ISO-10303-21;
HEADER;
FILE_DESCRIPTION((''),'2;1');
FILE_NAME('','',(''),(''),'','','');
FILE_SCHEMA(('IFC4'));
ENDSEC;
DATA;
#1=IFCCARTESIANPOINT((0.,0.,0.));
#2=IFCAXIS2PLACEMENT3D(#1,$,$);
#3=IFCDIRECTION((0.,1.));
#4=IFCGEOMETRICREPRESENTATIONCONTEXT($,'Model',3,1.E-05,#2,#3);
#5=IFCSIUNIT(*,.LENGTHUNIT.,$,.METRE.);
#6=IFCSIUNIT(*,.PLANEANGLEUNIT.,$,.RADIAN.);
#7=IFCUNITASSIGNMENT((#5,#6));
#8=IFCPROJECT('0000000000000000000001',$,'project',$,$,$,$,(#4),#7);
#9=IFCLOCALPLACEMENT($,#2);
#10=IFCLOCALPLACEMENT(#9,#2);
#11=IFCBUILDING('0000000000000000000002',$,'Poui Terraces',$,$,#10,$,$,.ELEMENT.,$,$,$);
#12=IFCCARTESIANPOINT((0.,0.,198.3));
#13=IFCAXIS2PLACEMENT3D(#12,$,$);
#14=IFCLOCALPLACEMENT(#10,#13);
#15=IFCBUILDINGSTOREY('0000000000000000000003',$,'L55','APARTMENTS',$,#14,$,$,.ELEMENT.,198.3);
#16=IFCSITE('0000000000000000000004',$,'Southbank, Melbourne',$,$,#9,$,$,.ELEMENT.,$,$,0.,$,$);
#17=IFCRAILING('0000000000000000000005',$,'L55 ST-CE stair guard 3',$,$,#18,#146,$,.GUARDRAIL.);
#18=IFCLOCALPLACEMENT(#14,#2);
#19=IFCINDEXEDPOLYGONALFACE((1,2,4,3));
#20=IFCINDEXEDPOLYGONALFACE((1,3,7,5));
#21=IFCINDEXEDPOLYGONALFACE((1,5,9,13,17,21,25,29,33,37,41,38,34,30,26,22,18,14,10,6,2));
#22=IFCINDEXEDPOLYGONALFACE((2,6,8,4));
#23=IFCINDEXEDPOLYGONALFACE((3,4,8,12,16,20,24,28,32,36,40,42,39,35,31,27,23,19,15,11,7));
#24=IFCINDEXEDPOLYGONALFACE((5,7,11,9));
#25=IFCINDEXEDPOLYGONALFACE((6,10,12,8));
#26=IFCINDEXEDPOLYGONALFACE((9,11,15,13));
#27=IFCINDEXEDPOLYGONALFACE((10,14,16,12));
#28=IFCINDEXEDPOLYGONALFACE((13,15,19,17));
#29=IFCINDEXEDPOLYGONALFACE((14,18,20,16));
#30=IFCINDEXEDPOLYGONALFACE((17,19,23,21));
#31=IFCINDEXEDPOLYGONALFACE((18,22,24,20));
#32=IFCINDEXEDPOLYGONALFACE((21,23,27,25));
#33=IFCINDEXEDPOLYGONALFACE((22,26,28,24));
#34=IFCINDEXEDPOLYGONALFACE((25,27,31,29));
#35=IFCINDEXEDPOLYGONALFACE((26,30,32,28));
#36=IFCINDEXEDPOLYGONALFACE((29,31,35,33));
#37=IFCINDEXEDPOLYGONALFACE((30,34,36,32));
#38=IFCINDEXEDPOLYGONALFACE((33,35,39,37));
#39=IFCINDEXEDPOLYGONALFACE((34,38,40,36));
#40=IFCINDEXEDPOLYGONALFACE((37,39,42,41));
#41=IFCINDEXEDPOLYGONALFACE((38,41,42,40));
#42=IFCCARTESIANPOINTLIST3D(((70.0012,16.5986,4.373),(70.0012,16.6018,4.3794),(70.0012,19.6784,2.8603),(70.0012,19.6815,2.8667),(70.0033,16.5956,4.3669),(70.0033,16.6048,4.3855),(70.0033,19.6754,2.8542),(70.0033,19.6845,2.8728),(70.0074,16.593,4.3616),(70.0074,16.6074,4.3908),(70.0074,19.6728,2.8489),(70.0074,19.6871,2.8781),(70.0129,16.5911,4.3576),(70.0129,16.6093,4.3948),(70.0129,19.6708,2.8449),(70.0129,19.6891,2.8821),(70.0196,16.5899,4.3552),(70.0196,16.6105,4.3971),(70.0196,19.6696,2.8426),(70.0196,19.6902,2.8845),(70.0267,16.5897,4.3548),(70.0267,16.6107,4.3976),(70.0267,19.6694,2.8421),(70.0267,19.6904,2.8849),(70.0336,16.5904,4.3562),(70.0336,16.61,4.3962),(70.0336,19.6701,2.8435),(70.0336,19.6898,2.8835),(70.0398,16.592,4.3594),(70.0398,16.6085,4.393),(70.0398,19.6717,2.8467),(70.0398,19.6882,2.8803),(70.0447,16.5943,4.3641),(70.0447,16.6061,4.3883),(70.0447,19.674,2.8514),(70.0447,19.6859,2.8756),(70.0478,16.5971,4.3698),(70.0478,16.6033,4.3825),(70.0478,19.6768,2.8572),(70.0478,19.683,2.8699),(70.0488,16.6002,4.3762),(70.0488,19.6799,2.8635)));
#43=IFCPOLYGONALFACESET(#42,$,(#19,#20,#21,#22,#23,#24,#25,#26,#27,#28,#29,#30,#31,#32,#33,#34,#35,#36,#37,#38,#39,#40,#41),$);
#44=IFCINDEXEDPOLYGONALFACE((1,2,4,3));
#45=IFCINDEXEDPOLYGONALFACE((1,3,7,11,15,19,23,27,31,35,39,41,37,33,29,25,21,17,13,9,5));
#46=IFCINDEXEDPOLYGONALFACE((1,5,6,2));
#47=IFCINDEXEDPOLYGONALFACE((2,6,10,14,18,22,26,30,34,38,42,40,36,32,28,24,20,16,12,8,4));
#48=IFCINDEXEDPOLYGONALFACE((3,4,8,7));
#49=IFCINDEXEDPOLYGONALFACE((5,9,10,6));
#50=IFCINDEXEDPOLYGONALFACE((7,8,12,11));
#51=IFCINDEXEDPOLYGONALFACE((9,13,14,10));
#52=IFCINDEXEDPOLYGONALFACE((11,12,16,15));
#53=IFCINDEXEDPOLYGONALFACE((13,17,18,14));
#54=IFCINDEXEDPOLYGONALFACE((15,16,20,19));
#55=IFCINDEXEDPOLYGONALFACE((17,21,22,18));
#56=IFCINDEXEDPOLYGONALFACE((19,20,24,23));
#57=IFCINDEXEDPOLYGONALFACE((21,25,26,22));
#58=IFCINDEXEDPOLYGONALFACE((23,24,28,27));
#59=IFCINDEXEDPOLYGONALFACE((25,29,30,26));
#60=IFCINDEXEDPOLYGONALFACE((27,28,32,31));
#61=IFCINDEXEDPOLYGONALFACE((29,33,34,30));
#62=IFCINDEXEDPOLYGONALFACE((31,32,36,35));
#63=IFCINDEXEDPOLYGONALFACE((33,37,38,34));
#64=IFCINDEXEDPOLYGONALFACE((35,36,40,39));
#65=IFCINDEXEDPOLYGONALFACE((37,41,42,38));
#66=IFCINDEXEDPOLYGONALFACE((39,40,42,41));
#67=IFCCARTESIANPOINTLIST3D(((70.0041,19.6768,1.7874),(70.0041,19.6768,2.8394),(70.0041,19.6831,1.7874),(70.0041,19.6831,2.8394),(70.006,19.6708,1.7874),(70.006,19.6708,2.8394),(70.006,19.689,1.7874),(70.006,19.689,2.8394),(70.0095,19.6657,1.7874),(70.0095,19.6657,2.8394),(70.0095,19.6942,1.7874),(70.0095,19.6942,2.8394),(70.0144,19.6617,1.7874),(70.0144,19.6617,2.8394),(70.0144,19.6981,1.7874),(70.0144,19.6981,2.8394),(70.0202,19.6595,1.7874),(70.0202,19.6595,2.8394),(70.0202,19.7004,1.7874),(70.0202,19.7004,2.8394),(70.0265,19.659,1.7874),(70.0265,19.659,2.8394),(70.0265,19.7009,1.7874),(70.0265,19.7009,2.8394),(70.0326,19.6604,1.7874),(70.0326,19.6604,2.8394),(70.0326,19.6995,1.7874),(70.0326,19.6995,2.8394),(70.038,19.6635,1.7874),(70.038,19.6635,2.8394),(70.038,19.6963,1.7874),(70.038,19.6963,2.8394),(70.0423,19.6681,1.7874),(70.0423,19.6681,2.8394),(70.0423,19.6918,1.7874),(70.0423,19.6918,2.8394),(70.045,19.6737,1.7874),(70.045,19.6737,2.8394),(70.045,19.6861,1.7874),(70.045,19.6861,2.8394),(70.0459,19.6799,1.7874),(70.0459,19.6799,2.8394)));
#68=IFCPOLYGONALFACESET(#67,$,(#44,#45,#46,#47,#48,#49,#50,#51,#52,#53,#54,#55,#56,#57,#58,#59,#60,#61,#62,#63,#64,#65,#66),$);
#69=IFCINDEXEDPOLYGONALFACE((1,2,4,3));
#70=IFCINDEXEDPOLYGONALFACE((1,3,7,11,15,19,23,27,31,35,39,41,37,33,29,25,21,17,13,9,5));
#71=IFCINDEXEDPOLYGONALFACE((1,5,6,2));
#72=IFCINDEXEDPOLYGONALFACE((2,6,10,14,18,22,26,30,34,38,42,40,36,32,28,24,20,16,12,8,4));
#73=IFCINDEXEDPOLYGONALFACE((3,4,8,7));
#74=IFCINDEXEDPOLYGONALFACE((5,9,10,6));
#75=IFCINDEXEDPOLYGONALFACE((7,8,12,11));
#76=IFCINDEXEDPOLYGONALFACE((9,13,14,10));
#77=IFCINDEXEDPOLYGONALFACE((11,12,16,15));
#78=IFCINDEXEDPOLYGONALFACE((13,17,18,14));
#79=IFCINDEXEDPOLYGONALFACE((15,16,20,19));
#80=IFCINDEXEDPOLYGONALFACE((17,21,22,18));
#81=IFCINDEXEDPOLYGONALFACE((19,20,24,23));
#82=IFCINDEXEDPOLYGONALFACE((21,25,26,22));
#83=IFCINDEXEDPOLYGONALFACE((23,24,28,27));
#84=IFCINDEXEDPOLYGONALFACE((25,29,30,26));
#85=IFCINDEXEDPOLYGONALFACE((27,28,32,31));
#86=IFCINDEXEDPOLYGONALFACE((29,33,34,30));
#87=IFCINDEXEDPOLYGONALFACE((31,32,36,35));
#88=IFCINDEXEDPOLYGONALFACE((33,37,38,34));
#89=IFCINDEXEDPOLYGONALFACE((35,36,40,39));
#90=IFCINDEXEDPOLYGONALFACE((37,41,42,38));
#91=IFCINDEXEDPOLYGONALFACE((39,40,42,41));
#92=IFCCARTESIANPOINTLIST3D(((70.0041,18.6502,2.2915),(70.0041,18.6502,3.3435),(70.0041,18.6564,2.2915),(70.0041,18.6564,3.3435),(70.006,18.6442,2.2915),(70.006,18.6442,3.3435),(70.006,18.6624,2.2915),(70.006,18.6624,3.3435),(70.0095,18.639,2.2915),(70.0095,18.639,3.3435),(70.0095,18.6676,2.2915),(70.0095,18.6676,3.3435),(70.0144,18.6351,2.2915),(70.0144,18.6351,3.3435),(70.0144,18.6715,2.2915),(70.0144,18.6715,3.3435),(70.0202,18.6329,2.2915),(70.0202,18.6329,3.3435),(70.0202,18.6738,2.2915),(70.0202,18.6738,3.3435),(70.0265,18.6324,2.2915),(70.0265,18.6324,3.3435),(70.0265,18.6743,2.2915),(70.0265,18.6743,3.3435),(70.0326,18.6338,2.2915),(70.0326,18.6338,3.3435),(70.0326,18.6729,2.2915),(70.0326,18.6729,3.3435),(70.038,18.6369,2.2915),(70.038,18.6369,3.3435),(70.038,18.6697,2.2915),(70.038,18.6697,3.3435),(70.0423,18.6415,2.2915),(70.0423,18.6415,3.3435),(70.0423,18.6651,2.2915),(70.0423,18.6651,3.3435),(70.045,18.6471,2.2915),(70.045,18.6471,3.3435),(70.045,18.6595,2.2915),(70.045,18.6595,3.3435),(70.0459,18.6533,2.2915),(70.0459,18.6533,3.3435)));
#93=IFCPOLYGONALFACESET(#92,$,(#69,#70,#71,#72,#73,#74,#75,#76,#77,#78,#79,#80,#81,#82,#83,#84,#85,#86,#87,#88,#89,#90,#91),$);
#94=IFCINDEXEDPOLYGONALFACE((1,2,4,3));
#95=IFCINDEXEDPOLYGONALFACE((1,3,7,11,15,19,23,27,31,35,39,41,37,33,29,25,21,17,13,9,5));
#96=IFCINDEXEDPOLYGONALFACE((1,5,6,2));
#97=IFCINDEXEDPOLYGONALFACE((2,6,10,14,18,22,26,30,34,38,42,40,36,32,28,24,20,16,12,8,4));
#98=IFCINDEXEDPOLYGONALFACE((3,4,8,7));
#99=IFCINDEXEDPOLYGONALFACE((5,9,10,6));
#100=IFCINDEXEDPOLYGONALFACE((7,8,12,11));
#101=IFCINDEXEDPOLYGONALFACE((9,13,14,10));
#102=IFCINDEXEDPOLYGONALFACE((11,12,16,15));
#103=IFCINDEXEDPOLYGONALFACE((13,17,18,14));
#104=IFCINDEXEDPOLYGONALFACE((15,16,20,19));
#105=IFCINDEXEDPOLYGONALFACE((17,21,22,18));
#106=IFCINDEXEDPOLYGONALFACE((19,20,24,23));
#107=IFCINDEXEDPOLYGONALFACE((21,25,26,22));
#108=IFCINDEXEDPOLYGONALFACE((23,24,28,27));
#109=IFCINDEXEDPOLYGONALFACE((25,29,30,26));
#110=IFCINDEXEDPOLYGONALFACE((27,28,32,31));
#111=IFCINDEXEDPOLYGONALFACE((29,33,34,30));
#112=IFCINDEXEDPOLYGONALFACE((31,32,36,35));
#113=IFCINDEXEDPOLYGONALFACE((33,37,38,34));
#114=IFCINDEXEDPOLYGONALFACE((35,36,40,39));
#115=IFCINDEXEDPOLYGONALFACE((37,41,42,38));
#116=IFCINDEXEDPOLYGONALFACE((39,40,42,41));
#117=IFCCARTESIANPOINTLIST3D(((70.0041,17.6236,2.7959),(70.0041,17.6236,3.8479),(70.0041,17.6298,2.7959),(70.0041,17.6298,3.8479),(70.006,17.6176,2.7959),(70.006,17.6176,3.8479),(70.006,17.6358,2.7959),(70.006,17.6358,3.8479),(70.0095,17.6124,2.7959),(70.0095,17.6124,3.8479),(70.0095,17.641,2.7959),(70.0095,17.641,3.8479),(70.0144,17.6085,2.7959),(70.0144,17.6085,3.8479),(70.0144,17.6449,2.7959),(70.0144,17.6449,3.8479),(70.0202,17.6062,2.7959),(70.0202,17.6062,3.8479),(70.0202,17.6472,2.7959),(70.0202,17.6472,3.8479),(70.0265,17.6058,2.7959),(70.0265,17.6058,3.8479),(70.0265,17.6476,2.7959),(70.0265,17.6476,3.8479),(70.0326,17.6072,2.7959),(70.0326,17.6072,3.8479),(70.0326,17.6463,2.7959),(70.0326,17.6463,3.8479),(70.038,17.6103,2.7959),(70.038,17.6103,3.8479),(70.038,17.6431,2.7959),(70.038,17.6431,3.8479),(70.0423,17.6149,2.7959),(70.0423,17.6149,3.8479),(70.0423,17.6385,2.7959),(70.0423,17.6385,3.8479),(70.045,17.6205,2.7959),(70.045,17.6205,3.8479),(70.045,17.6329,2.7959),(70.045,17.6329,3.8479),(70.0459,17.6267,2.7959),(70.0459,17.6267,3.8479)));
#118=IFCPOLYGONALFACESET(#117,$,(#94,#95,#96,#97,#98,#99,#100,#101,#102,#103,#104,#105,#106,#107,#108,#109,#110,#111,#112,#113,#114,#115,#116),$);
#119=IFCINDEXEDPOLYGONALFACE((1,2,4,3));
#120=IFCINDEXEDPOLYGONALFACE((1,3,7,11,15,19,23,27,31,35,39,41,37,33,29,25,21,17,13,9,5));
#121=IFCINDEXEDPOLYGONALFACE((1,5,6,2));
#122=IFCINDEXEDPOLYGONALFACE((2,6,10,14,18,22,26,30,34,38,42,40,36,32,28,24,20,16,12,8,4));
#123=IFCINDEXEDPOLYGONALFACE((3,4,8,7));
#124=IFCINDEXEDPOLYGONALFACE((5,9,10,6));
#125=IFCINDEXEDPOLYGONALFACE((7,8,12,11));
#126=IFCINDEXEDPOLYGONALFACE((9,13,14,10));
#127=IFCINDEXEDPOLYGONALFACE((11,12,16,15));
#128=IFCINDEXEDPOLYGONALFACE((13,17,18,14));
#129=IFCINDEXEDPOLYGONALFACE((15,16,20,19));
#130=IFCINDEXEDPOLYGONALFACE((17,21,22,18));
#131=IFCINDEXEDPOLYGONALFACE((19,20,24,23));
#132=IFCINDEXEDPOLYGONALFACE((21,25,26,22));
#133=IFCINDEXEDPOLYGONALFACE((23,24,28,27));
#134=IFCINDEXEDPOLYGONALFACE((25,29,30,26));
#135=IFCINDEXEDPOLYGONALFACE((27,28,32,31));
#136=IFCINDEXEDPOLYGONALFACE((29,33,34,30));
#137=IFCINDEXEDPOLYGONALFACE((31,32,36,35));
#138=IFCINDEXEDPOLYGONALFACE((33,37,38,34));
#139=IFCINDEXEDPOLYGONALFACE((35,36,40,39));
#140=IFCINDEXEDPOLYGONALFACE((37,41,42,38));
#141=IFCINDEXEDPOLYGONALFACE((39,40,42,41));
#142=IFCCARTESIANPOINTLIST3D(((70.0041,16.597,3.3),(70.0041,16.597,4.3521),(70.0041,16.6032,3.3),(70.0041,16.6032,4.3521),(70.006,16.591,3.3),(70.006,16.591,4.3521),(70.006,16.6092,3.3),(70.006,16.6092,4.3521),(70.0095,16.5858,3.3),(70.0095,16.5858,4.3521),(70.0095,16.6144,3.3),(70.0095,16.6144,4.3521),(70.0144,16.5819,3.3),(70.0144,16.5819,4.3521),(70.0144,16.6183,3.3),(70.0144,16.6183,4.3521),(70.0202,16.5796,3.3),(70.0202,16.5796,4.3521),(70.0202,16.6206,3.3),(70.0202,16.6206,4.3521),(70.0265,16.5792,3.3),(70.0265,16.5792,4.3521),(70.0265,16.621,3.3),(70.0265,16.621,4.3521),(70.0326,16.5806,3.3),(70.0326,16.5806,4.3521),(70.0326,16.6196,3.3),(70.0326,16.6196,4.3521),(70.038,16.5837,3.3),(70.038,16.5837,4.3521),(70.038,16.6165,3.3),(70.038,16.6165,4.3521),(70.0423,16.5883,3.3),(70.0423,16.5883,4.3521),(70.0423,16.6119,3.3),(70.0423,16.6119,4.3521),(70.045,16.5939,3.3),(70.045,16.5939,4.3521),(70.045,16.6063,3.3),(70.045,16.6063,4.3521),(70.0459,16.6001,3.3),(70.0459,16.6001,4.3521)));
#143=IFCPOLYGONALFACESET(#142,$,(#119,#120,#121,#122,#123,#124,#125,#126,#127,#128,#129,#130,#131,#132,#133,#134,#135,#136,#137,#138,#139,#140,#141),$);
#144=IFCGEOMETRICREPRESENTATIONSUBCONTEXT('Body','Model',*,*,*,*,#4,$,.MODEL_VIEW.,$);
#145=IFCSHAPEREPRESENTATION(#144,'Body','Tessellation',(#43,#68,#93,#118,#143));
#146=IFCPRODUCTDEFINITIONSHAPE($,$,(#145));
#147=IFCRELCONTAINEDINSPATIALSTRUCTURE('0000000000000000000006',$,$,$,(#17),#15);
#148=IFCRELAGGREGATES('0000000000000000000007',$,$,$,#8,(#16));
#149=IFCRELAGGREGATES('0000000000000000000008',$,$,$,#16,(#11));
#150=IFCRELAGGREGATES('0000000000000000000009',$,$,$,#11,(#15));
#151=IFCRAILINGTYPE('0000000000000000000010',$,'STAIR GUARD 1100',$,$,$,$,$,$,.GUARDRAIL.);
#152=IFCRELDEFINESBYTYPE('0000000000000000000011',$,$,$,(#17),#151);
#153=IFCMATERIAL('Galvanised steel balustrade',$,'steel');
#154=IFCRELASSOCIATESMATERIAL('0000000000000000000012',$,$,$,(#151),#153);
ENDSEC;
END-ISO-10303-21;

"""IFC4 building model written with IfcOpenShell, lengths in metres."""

from ifc_helpers import new_model, si_unit, direction, frame, origin, origin_2d, place, context, subcontext, project, spatial, circle, extrude, material, type_object, element, save


model = new_model("IFC4")

# Units and contexts
model_context = context("Model", 3, precision=1e-05, world=origin(), true_north=direction((0.0, 1.0)))
body_context = subcontext(model_context, "Body", "Model", "MODEL_VIEW")
ifc_project = project(units=[si_unit("LENGTHUNIT", "METRE"), si_unit("PLANEANGLEUNIT", "RADIAN")], contexts=[model_context])

# Site, building, storey
site_placement = place(None, origin())
site = spatial("IfcSite", under=ifc_project, at=site_placement, Name="Southbank, Melbourne", CompositionType="ELEMENT", RefElevation=0.0)
building_placement = place(site_placement, origin())
building = spatial("IfcBuilding", under=site, at=building_placement, Name="Poui Terraces", CompositionType="ELEMENT")
storey_placement = place(building_placement, frame((0.0, 0.0, 198.3)))
storey = spatial("IfcBuildingStorey", under=building, at=storey_placement, Name="L55", Description="APARTMENTS", CompositionType="ELEMENT", Elevation=198.3)

# Railing
ifc_material_1 = material(Name="Galvanised steel balustrade", Category="steel")
railing_type_1 = type_object("IfcRailingType", Name="STAIR GUARD 1100", PredefinedType="GUARDRAIL", material=ifc_material_1)
railing_1_placement = place(storey_placement, frame((70.0249, 19.6799, 1.7874)))
element("IfcRailing", 1, at=railing_1_placement, inside=storey, type_object=railing_type_1, Name="L55 ST-CE stair guard 3", PredefinedType="GUARDRAIL", context=body_context, shape_type="SweptSolid", body=[
    extrude(circle(Radius=0.0239, at=origin_2d()), frame((0.0, 0.0, 1.0762), z_axis=(0.0, -0.897578, 0.440856), x_axis=(1.0, 0.0, 0.0)), (0.0, 0.0, 1.0), 3.4312),
    extrude(circle(Radius=0.021, at=origin_2d()), origin(), (0.0, 0.0, 1.0), 1.052),
    extrude(circle(Radius=0.021, at=origin_2d()), frame((0.0, -1.0266, 0.5042)), (0.0, 0.0, 1.0), 1.052),
    extrude(circle(Radius=0.021, at=origin_2d()), frame((0.0, -2.0532, 1.0085)), (0.0, 0.0, 1.0), 1.052),
    extrude(circle(Radius=0.021, at=origin_2d()), frame((0.0, -3.0798, 1.5127)), (0.0, 0.0, 1.0), 1.052),
])

save(model, "model.ifc")
